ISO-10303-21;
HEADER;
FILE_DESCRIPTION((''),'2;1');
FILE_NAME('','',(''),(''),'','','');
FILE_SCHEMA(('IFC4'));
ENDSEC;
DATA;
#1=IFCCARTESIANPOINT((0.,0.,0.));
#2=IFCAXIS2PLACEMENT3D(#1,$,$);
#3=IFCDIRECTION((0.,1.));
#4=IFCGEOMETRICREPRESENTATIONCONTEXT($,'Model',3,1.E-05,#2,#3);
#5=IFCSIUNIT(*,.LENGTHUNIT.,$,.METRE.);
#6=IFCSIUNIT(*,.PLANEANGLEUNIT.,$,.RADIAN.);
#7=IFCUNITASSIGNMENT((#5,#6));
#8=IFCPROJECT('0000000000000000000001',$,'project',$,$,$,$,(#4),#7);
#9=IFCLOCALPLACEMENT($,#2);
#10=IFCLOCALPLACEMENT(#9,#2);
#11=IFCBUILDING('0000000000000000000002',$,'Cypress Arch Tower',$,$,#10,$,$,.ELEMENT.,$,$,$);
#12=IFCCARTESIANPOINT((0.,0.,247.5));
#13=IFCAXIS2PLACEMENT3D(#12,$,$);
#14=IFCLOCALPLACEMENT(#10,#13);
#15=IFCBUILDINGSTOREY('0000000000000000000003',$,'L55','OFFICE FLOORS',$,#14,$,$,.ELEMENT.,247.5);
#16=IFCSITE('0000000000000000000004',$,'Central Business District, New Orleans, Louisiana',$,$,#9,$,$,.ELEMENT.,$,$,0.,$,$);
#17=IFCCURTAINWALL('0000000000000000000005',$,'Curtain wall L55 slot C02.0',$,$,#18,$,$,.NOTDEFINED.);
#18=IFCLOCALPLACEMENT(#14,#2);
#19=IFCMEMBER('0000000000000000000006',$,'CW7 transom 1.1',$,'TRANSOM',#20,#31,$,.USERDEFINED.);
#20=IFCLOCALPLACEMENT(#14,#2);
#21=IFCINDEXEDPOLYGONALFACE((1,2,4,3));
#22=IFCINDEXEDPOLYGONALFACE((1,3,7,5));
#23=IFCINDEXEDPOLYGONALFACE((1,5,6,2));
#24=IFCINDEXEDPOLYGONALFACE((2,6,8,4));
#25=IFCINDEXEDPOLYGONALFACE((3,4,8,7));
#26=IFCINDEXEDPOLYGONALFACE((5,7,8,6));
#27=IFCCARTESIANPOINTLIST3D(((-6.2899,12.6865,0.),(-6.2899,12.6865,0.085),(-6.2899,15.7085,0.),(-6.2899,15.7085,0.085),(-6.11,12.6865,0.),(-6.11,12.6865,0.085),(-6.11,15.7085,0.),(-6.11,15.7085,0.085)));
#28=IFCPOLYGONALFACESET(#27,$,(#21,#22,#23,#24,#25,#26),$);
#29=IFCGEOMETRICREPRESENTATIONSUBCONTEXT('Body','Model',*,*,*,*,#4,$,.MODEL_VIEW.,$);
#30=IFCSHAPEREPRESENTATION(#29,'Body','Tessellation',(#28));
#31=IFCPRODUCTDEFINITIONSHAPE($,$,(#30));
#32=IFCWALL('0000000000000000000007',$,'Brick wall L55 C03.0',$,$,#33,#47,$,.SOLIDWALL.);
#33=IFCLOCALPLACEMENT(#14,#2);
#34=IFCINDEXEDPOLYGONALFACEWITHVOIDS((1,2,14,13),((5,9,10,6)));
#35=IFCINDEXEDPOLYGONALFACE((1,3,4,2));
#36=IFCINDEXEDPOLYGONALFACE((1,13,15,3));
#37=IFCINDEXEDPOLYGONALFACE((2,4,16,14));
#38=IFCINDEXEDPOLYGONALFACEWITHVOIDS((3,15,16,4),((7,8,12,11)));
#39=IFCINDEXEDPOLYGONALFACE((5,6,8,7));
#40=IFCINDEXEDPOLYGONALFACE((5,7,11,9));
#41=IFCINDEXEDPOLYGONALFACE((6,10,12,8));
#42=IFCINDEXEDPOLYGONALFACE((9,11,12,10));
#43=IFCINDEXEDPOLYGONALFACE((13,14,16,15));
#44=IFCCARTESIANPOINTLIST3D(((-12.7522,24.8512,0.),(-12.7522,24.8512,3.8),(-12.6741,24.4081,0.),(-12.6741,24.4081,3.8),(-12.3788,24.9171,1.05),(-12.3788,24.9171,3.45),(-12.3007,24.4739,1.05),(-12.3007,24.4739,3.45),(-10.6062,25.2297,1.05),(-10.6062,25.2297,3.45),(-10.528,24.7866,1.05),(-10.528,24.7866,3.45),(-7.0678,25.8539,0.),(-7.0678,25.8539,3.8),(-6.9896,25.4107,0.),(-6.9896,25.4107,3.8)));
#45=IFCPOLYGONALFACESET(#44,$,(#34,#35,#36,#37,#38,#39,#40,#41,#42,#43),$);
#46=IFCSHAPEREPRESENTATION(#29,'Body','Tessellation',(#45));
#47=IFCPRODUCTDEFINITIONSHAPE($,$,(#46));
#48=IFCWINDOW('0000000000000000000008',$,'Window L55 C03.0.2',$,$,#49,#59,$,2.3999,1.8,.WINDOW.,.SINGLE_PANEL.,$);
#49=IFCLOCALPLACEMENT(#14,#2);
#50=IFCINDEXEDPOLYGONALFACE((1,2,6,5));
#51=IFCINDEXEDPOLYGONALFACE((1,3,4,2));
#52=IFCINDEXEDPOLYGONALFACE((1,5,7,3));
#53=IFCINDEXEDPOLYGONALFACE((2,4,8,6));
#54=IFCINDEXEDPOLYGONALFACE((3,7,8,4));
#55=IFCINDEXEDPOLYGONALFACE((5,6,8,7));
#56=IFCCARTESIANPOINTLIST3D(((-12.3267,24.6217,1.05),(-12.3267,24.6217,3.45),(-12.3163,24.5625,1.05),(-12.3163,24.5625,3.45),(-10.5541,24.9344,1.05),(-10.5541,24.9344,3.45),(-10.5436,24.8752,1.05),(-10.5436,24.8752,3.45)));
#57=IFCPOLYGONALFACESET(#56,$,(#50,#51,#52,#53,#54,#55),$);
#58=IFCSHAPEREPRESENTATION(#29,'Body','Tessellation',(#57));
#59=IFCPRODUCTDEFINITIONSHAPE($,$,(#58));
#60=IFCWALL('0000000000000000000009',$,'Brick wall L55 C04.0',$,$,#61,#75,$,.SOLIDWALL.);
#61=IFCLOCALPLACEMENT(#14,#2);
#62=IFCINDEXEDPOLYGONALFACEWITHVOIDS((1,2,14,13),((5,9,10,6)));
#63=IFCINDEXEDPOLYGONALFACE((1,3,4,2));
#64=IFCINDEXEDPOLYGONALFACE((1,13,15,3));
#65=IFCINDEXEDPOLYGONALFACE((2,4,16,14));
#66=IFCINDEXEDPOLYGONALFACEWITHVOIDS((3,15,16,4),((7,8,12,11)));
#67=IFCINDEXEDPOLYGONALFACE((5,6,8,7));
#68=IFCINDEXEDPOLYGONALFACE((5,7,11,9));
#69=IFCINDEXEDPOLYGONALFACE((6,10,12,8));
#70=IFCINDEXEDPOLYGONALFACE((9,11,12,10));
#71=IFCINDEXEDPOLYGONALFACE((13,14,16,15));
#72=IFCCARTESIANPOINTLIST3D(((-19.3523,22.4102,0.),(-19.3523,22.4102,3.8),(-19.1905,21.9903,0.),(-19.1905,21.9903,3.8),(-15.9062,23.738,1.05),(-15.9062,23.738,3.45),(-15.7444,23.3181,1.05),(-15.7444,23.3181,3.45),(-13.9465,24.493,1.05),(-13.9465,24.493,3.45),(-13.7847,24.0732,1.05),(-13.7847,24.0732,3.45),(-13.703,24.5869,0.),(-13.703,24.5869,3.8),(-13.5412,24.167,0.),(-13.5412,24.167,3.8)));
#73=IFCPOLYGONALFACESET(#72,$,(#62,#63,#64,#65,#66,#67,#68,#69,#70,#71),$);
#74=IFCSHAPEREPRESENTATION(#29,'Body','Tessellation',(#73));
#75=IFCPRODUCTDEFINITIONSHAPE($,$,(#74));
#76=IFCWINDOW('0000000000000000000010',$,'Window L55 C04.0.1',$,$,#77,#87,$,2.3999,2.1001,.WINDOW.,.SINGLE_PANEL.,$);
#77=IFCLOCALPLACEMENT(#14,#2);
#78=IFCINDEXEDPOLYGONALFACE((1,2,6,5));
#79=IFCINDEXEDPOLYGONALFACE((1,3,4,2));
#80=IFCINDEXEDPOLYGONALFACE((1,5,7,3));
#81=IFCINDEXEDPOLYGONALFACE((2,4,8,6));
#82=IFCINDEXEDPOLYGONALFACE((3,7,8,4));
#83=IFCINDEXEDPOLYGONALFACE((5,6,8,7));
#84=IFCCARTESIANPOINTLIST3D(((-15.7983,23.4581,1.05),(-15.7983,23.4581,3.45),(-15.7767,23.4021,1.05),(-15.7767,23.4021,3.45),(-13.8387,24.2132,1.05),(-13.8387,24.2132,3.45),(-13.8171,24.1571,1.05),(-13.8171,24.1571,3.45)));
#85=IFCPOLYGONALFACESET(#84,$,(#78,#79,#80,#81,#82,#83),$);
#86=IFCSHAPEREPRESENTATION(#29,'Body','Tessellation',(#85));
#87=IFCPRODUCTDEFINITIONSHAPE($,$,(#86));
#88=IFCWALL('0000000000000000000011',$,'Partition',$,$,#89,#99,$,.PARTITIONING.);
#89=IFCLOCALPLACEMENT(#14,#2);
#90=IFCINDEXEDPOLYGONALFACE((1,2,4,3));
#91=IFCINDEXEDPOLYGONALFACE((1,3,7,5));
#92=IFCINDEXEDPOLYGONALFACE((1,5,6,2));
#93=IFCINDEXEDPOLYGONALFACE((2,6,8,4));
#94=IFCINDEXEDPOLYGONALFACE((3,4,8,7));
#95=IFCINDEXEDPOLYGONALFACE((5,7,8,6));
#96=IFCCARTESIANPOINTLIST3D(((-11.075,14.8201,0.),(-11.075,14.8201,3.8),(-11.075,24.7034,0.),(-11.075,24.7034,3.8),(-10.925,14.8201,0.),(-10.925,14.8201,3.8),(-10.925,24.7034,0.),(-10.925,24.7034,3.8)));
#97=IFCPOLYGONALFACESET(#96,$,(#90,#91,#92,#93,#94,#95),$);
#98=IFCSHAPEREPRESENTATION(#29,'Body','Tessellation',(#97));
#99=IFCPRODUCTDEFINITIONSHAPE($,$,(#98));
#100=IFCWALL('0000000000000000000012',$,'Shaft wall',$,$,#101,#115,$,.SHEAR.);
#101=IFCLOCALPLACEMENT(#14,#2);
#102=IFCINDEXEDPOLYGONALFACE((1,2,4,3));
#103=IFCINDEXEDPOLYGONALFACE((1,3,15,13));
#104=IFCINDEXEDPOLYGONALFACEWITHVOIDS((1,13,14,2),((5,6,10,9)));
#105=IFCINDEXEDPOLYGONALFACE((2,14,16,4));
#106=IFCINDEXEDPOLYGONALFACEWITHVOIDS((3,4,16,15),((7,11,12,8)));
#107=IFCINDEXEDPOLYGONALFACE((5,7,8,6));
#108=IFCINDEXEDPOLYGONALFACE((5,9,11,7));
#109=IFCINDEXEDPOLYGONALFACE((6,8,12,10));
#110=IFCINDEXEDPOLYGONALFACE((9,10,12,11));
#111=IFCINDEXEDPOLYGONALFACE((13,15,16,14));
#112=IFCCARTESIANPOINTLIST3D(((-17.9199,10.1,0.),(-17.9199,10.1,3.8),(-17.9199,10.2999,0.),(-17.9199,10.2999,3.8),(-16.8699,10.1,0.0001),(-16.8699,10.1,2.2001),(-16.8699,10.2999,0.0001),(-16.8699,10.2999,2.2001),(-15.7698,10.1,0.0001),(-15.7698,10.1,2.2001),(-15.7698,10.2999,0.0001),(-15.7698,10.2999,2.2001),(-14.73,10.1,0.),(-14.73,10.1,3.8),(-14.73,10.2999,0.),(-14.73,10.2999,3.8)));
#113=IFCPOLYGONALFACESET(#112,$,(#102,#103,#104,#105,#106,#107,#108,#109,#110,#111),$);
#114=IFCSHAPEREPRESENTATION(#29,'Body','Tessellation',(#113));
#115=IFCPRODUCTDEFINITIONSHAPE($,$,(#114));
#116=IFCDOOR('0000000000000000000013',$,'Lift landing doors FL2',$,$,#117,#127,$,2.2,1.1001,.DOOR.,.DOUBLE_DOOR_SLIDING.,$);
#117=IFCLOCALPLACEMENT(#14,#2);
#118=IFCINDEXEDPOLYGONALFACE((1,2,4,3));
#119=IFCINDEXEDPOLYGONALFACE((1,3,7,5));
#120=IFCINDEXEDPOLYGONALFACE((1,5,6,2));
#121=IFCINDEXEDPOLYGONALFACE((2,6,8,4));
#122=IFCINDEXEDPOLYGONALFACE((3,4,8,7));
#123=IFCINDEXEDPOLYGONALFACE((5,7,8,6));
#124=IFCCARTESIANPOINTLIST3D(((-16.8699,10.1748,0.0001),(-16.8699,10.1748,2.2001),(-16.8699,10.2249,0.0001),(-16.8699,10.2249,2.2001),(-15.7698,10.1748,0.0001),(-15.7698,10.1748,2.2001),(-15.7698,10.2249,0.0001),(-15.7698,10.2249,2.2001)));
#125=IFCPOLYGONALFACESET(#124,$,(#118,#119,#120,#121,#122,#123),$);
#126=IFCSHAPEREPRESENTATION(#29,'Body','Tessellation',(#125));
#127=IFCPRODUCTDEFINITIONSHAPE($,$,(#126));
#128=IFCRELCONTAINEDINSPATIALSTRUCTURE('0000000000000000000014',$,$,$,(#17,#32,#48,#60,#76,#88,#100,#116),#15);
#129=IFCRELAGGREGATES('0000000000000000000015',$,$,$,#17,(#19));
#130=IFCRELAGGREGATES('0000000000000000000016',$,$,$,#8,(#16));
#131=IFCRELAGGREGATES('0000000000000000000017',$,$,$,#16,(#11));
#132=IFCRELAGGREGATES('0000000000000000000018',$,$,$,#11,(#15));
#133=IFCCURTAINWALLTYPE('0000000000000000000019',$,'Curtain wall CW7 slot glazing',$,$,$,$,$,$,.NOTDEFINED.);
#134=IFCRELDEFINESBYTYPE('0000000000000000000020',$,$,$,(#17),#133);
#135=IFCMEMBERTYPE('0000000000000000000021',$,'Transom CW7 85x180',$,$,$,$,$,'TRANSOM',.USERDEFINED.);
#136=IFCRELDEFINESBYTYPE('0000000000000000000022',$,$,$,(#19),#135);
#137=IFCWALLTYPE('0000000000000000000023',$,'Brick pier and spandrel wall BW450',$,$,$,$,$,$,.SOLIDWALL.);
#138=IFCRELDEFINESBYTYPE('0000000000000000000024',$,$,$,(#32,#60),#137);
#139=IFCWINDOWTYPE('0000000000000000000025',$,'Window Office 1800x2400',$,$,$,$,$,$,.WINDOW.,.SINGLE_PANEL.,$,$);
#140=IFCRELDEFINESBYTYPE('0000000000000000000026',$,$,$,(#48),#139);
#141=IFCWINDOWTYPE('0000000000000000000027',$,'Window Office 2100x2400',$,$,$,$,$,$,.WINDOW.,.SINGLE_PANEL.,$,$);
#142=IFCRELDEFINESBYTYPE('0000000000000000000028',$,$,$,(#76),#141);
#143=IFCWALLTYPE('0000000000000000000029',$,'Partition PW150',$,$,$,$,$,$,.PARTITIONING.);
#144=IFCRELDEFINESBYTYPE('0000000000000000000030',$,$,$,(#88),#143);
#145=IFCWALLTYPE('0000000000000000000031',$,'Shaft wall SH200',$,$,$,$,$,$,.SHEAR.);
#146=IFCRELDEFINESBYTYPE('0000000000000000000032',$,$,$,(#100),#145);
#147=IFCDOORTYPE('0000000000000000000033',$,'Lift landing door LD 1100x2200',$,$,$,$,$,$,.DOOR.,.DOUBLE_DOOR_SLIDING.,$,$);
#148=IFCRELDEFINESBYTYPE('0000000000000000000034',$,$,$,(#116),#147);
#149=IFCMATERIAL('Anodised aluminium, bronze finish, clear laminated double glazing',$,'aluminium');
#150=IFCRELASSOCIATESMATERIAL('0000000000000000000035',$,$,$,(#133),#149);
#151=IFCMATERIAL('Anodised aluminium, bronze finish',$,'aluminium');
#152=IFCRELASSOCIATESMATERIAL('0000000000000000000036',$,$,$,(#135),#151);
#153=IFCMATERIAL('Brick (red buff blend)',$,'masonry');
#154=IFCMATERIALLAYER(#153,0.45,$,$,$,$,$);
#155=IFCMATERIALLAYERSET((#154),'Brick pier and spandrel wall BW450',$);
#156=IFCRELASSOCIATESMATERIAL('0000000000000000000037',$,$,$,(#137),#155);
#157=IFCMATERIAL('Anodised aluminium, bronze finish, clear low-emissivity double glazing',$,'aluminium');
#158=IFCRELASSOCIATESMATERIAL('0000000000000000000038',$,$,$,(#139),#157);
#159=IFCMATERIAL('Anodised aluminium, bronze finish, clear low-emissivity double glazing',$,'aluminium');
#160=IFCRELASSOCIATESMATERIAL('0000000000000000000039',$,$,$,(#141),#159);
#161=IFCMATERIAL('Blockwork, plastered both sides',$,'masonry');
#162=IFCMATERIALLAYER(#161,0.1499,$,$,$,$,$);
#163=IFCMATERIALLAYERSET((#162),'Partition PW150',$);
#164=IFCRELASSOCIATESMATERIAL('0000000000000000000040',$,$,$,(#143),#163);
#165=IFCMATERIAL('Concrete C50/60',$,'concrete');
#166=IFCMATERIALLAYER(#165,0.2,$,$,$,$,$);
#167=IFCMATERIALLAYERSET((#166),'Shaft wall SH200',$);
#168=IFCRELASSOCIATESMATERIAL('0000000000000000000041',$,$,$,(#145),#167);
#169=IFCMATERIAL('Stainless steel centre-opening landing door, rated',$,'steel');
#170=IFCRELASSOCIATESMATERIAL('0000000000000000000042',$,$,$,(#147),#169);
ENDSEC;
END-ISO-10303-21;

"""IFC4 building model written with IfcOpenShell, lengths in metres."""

from ifc_helpers import new_model, si_unit, direction, frame, frame_2d, origin, origin_2d, place, context, subcontext, project, spatial, rectangle, extrude, material, layer, layer_set, material_profile, profile_set, type_object, element, fill, aggregate, save


model = new_model("IFC4")

# Units and contexts
model_context = context("Model", 3, precision=1e-05, world=origin(), true_north=direction((0.0, 1.0)))
body_context = subcontext(model_context, "Body", "Model", "MODEL_VIEW")
ifc_project = project(units=[si_unit("LENGTHUNIT", "METRE"), si_unit("PLANEANGLEUNIT", "RADIAN")], contexts=[model_context])

# Site, building, storey
site_placement = place(None, origin())
site = spatial("IfcSite", under=ifc_project, at=site_placement, Name="Central Business District, New Orleans, Louisiana", CompositionType="ELEMENT", RefElevation=0.0)
building_placement = place(site_placement, origin())
building = spatial("IfcBuilding", under=site, at=building_placement, Name="Cypress Arch Tower", CompositionType="ELEMENT")
storey_placement = place(building_placement, frame((0.0, 0.0, 247.5)))
storey = spatial("IfcBuildingStorey", under=building, at=storey_placement, Name="L55", Description="OFFICE FLOORS", CompositionType="ELEMENT", Elevation=247.5)

# Curtain wall
ifc_material_1 = material(Name="Anodised aluminium, bronze finish, clear laminated double glazing", Category="aluminium")
curtain_wall_type = type_object("IfcCurtainWallType", Name="Curtain wall CW7 slot glazing", PredefinedType="NOTDEFINED", material=ifc_material_1)
curtain_wall_placement = place(storey_placement, origin())
curtain_wall = element("IfcCurtainWall", 1, at=curtain_wall_placement, inside=storey, type_object=curtain_wall_type, Name="Curtain wall L55 slot C02.0", PredefinedType="NOTDEFINED")

# Member
ifc_material_2 = material(Name="Anodised aluminium, bronze finish", Category="aluminium")
ifc_material_profile_1 = material_profile(ifc_material_2, rectangle(XDim=0.1799, YDim=0.085, at=origin_2d()), Name="Transom 85x180")
ifc_profile_set_1 = profile_set([ifc_material_profile_1], Name="Anodised aluminium, bronze finish")
member_type_1 = type_object("IfcMemberType", Name="Transom CW7 85x180", ElementType="TRANSOM", PredefinedType="USERDEFINED", material=ifc_profile_set_1)
member_1_placement = place(storey_placement, frame((-6.2, 12.6865, 0.0425), z_axis=(0.0, 1.0, 0.0), x_axis=(-1.0, 0.0, 0.0)))
member_1 = element("IfcMember", 2, at=member_1_placement, type_object=member_type_1, Name="CW7 transom 1.1", ObjectType="TRANSOM", PredefinedType="USERDEFINED", context=body_context, shape_type="SweptSolid", body=[
    extrude(rectangle(XDim=0.1799, YDim=0.085, at=origin_2d()), origin(), (0.0, 0.0, 1.0), 3.022),
])
aggregate(curtain_wall, [member_1])

# Walls, openings, windows
ifc_material_3 = material(Name="Brick (red buff blend)", Category="masonry")
ifc_layer_1 = layer(ifc_material_3, 0.45)
ifc_layer_set_1 = layer_set([ifc_layer_1], Name="Brick pier and spandrel wall BW450")
wall_type_1 = type_object("IfcWallType", Name="Brick pier and spandrel wall BW450", PredefinedType="SOLIDWALL", material=ifc_layer_set_1)
wall_1_placement = place(storey_placement, frame((-7.0286, 25.6323, 0.0), z_axis=(0.0, 0.0, 1.0), x_axis=(-0.984798, -0.173706, 0.0)))
wall_1 = element("IfcWall", 3, at=wall_1_placement, inside=storey, type_object=wall_type_1, Name="Brick wall L55 C03.0", PredefinedType="SOLIDWALL", context=body_context, shape_type="SweptSolid", body=[
    extrude(rectangle(XDim=5.7722, YDim=0.45, at=frame_2d((2.8862, 0.0))), origin(), (0.0, 0.0, 1.0), 3.8),
])
opening_1_placement = place(wall_1_placement, frame((3.5933, 0.0, 1.05)))
opening_1 = element("IfcOpeningElement", 4, at=opening_1_placement, cuts=wall_1, PredefinedType="OPENING", context=body_context, shape_type="SweptSolid", body=[
    extrude(rectangle(XDim=1.8, YDim=2.3999, at=frame_2d((0.8999, 1.2))), frame((0.0, 0.2349, 0.0), z_axis=(0.0, -1.0, 0.0), x_axis=(1.0, 0.0, 0.0)), (0.0, 0.0, 1.0), 0.47),
])
ifc_material_4 = material(Name="Anodised aluminium, bronze finish, clear low-emissivity double glazing", Category="aluminium")
window_type_1 = type_object("IfcWindowType", Name="Window Office 1800x2400", PartitioningType="SINGLE_PANEL", PredefinedType="WINDOW", material=ifc_material_4)
window_1_placement = place(opening_1_placement, origin())
window_1 = element("IfcWindow", 5, at=window_1_placement, inside=storey, type_object=window_type_1, Name="Window L55 C03.0.2", OverallHeight=2.3999, OverallWidth=1.8, PartitioningType="SINGLE_PANEL", PredefinedType="WINDOW", context=body_context, shape_type="SweptSolid", body=[
    extrude(rectangle(XDim=1.8, YDim=2.3999, at=frame_2d((0.8999, 1.2))), frame((0.0, 0.135, 0.0), z_axis=(0.0, -1.0, 0.0), x_axis=(1.0, 0.0, 0.0)), (0.0, 0.0, 1.0), 0.0601),
])
fill(opening_1, window_1)
wall_2_placement = place(storey_placement, frame((-13.6221, 24.377, 0.0), z_axis=(0.0, 0.0, 1.0), x_axis=(-0.933129, -0.359541, 0.0)))
wall_2 = element("IfcWall", 6, at=wall_2_placement, inside=storey, type_object=wall_type_1, Name="Brick wall L55 C04.0", PredefinedType="SOLIDWALL", context=body_context, shape_type="SweptSolid", body=[
    extrude(rectangle(XDim=6.0542, YDim=0.45, at=frame_2d((3.0271, 0.0))), origin(), (0.0, 0.0, 1.0), 3.8),
])
opening_2_placement = place(wall_2_placement, frame((0.261, 0.0, 1.05)))
opening_2 = element("IfcOpeningElement", 7, at=opening_2_placement, cuts=wall_2, PredefinedType="OPENING", context=body_context, shape_type="SweptSolid", body=[
    extrude(rectangle(XDim=2.1001, YDim=2.3999, at=frame_2d((1.05, 1.2))), frame((0.0, 0.2349, 0.0), z_axis=(0.0, -1.0, 0.0), x_axis=(1.0, 0.0, 0.0)), (0.0, 0.0, 1.0), 0.47),
])
ifc_material_5 = material(Name="Anodised aluminium, bronze finish, clear low-emissivity double glazing", Category="aluminium")
window_type_2 = type_object("IfcWindowType", Name="Window Office 2100x2400", PartitioningType="SINGLE_PANEL", PredefinedType="WINDOW", material=ifc_material_5)
window_2_placement = place(opening_2_placement, origin())
window_2 = element("IfcWindow", 8, at=window_2_placement, inside=storey, type_object=window_type_2, Name="Window L55 C04.0.1", OverallHeight=2.3999, OverallWidth=2.1001, PartitioningType="SINGLE_PANEL", PredefinedType="WINDOW", context=body_context, shape_type="SweptSolid", body=[
    extrude(rectangle(XDim=2.1001, YDim=2.3999, at=frame_2d((1.05, 1.2))), frame((0.0, 0.135, 0.0), z_axis=(0.0, -1.0, 0.0), x_axis=(1.0, 0.0, 0.0)), (0.0, 0.0, 1.0), 0.0601),
])
fill(opening_2, window_2)

# Wall
ifc_material_6 = material(Name="Blockwork, plastered both sides", Category="masonry")
ifc_layer_2 = layer(ifc_material_6, 0.1499)
ifc_layer_set_2 = layer_set([ifc_layer_2], Name="Partition PW150")
wall_type_2 = type_object("IfcWallType", Name="Partition PW150", PredefinedType="PARTITIONING", material=ifc_layer_set_2)
wall_3_placement = place(storey_placement, frame((-11.0, 14.8201, 0.0), z_axis=(0.0, 0.0, 1.0), x_axis=(0.0, 1.0, 0.0)))
element("IfcWall", 9, at=wall_3_placement, inside=storey, type_object=wall_type_2, Name="Partition", PredefinedType="PARTITIONING", context=body_context, shape_type="SweptSolid", body=[
    extrude(rectangle(XDim=9.8833, YDim=0.1499, at=frame_2d((4.9417, 0.0))), origin(), (0.0, 0.0, 1.0), 3.8),
])

# Wall, opening, door
ifc_material_7 = material(Name="Concrete C50/60", Category="concrete")
ifc_layer_3 = layer(ifc_material_7, 0.2)
ifc_layer_set_3 = layer_set([ifc_layer_3], Name="Shaft wall SH200")
wall_type_3 = type_object("IfcWallType", Name="Shaft wall SH200", PredefinedType="SHEAR", material=ifc_layer_set_3)
wall_4_placement = place(storey_placement, frame((-17.9199, 10.2, 0.0), z_axis=(0.0, 0.0, 1.0), x_axis=(1.0, 0.0, 0.0)))
wall_4 = element("IfcWall", 10, at=wall_4_placement, inside=storey, type_object=wall_type_3, Name="Shaft wall", PredefinedType="SHEAR", context=body_context, shape_type="SweptSolid", body=[
    extrude(rectangle(XDim=3.1899, YDim=0.2, at=frame_2d((1.595, 0.0))), origin(), (0.0, 0.0, 1.0), 3.8),
])
opening_3_placement = place(wall_4_placement, frame((1.05, 0.0, 0.0)))
opening_3 = element("IfcOpeningElement", 11, at=opening_3_placement, cuts=wall_4, PredefinedType="OPENING", context=body_context, shape_type="SweptSolid", body=[
    extrude(rectangle(XDim=1.1001, YDim=2.2, at=frame_2d((0.55, 1.1001))), frame((0.0, 0.1099, 0.0), z_axis=(0.0, -1.0, 0.0), x_axis=(1.0, 0.0, 0.0)), (0.0, 0.0, 1.0), 0.22),
])
ifc_material_8 = material(Name="Stainless steel centre-opening landing door, rated", Category="steel")
door_type_1 = type_object("IfcDoorType", Name="Lift landing door LD 1100x2200", OperationType="DOUBLE_DOOR_SLIDING", PredefinedType="DOOR", material=ifc_material_8)
door_1_placement = place(opening_3_placement, origin())
door_1 = element("IfcDoor", 12, at=door_1_placement, inside=storey, type_object=door_type_1, Name="Lift landing doors FL2", OperationType="DOUBLE_DOOR_SLIDING", OverallHeight=2.2, OverallWidth=1.1001, PredefinedType="DOOR", context=body_context, shape_type="SweptSolid", body=[
    extrude(rectangle(XDim=1.1001, YDim=2.2, at=frame_2d((0.55, 1.1001))), frame((0.0, 0.0249, 0.0), z_axis=(0.0, -1.0, 0.0), x_axis=(1.0, 0.0, 0.0)), (0.0, 0.0, 1.0), 0.05),
])
fill(opening_3, door_1)

save(model, "model.ifc")
